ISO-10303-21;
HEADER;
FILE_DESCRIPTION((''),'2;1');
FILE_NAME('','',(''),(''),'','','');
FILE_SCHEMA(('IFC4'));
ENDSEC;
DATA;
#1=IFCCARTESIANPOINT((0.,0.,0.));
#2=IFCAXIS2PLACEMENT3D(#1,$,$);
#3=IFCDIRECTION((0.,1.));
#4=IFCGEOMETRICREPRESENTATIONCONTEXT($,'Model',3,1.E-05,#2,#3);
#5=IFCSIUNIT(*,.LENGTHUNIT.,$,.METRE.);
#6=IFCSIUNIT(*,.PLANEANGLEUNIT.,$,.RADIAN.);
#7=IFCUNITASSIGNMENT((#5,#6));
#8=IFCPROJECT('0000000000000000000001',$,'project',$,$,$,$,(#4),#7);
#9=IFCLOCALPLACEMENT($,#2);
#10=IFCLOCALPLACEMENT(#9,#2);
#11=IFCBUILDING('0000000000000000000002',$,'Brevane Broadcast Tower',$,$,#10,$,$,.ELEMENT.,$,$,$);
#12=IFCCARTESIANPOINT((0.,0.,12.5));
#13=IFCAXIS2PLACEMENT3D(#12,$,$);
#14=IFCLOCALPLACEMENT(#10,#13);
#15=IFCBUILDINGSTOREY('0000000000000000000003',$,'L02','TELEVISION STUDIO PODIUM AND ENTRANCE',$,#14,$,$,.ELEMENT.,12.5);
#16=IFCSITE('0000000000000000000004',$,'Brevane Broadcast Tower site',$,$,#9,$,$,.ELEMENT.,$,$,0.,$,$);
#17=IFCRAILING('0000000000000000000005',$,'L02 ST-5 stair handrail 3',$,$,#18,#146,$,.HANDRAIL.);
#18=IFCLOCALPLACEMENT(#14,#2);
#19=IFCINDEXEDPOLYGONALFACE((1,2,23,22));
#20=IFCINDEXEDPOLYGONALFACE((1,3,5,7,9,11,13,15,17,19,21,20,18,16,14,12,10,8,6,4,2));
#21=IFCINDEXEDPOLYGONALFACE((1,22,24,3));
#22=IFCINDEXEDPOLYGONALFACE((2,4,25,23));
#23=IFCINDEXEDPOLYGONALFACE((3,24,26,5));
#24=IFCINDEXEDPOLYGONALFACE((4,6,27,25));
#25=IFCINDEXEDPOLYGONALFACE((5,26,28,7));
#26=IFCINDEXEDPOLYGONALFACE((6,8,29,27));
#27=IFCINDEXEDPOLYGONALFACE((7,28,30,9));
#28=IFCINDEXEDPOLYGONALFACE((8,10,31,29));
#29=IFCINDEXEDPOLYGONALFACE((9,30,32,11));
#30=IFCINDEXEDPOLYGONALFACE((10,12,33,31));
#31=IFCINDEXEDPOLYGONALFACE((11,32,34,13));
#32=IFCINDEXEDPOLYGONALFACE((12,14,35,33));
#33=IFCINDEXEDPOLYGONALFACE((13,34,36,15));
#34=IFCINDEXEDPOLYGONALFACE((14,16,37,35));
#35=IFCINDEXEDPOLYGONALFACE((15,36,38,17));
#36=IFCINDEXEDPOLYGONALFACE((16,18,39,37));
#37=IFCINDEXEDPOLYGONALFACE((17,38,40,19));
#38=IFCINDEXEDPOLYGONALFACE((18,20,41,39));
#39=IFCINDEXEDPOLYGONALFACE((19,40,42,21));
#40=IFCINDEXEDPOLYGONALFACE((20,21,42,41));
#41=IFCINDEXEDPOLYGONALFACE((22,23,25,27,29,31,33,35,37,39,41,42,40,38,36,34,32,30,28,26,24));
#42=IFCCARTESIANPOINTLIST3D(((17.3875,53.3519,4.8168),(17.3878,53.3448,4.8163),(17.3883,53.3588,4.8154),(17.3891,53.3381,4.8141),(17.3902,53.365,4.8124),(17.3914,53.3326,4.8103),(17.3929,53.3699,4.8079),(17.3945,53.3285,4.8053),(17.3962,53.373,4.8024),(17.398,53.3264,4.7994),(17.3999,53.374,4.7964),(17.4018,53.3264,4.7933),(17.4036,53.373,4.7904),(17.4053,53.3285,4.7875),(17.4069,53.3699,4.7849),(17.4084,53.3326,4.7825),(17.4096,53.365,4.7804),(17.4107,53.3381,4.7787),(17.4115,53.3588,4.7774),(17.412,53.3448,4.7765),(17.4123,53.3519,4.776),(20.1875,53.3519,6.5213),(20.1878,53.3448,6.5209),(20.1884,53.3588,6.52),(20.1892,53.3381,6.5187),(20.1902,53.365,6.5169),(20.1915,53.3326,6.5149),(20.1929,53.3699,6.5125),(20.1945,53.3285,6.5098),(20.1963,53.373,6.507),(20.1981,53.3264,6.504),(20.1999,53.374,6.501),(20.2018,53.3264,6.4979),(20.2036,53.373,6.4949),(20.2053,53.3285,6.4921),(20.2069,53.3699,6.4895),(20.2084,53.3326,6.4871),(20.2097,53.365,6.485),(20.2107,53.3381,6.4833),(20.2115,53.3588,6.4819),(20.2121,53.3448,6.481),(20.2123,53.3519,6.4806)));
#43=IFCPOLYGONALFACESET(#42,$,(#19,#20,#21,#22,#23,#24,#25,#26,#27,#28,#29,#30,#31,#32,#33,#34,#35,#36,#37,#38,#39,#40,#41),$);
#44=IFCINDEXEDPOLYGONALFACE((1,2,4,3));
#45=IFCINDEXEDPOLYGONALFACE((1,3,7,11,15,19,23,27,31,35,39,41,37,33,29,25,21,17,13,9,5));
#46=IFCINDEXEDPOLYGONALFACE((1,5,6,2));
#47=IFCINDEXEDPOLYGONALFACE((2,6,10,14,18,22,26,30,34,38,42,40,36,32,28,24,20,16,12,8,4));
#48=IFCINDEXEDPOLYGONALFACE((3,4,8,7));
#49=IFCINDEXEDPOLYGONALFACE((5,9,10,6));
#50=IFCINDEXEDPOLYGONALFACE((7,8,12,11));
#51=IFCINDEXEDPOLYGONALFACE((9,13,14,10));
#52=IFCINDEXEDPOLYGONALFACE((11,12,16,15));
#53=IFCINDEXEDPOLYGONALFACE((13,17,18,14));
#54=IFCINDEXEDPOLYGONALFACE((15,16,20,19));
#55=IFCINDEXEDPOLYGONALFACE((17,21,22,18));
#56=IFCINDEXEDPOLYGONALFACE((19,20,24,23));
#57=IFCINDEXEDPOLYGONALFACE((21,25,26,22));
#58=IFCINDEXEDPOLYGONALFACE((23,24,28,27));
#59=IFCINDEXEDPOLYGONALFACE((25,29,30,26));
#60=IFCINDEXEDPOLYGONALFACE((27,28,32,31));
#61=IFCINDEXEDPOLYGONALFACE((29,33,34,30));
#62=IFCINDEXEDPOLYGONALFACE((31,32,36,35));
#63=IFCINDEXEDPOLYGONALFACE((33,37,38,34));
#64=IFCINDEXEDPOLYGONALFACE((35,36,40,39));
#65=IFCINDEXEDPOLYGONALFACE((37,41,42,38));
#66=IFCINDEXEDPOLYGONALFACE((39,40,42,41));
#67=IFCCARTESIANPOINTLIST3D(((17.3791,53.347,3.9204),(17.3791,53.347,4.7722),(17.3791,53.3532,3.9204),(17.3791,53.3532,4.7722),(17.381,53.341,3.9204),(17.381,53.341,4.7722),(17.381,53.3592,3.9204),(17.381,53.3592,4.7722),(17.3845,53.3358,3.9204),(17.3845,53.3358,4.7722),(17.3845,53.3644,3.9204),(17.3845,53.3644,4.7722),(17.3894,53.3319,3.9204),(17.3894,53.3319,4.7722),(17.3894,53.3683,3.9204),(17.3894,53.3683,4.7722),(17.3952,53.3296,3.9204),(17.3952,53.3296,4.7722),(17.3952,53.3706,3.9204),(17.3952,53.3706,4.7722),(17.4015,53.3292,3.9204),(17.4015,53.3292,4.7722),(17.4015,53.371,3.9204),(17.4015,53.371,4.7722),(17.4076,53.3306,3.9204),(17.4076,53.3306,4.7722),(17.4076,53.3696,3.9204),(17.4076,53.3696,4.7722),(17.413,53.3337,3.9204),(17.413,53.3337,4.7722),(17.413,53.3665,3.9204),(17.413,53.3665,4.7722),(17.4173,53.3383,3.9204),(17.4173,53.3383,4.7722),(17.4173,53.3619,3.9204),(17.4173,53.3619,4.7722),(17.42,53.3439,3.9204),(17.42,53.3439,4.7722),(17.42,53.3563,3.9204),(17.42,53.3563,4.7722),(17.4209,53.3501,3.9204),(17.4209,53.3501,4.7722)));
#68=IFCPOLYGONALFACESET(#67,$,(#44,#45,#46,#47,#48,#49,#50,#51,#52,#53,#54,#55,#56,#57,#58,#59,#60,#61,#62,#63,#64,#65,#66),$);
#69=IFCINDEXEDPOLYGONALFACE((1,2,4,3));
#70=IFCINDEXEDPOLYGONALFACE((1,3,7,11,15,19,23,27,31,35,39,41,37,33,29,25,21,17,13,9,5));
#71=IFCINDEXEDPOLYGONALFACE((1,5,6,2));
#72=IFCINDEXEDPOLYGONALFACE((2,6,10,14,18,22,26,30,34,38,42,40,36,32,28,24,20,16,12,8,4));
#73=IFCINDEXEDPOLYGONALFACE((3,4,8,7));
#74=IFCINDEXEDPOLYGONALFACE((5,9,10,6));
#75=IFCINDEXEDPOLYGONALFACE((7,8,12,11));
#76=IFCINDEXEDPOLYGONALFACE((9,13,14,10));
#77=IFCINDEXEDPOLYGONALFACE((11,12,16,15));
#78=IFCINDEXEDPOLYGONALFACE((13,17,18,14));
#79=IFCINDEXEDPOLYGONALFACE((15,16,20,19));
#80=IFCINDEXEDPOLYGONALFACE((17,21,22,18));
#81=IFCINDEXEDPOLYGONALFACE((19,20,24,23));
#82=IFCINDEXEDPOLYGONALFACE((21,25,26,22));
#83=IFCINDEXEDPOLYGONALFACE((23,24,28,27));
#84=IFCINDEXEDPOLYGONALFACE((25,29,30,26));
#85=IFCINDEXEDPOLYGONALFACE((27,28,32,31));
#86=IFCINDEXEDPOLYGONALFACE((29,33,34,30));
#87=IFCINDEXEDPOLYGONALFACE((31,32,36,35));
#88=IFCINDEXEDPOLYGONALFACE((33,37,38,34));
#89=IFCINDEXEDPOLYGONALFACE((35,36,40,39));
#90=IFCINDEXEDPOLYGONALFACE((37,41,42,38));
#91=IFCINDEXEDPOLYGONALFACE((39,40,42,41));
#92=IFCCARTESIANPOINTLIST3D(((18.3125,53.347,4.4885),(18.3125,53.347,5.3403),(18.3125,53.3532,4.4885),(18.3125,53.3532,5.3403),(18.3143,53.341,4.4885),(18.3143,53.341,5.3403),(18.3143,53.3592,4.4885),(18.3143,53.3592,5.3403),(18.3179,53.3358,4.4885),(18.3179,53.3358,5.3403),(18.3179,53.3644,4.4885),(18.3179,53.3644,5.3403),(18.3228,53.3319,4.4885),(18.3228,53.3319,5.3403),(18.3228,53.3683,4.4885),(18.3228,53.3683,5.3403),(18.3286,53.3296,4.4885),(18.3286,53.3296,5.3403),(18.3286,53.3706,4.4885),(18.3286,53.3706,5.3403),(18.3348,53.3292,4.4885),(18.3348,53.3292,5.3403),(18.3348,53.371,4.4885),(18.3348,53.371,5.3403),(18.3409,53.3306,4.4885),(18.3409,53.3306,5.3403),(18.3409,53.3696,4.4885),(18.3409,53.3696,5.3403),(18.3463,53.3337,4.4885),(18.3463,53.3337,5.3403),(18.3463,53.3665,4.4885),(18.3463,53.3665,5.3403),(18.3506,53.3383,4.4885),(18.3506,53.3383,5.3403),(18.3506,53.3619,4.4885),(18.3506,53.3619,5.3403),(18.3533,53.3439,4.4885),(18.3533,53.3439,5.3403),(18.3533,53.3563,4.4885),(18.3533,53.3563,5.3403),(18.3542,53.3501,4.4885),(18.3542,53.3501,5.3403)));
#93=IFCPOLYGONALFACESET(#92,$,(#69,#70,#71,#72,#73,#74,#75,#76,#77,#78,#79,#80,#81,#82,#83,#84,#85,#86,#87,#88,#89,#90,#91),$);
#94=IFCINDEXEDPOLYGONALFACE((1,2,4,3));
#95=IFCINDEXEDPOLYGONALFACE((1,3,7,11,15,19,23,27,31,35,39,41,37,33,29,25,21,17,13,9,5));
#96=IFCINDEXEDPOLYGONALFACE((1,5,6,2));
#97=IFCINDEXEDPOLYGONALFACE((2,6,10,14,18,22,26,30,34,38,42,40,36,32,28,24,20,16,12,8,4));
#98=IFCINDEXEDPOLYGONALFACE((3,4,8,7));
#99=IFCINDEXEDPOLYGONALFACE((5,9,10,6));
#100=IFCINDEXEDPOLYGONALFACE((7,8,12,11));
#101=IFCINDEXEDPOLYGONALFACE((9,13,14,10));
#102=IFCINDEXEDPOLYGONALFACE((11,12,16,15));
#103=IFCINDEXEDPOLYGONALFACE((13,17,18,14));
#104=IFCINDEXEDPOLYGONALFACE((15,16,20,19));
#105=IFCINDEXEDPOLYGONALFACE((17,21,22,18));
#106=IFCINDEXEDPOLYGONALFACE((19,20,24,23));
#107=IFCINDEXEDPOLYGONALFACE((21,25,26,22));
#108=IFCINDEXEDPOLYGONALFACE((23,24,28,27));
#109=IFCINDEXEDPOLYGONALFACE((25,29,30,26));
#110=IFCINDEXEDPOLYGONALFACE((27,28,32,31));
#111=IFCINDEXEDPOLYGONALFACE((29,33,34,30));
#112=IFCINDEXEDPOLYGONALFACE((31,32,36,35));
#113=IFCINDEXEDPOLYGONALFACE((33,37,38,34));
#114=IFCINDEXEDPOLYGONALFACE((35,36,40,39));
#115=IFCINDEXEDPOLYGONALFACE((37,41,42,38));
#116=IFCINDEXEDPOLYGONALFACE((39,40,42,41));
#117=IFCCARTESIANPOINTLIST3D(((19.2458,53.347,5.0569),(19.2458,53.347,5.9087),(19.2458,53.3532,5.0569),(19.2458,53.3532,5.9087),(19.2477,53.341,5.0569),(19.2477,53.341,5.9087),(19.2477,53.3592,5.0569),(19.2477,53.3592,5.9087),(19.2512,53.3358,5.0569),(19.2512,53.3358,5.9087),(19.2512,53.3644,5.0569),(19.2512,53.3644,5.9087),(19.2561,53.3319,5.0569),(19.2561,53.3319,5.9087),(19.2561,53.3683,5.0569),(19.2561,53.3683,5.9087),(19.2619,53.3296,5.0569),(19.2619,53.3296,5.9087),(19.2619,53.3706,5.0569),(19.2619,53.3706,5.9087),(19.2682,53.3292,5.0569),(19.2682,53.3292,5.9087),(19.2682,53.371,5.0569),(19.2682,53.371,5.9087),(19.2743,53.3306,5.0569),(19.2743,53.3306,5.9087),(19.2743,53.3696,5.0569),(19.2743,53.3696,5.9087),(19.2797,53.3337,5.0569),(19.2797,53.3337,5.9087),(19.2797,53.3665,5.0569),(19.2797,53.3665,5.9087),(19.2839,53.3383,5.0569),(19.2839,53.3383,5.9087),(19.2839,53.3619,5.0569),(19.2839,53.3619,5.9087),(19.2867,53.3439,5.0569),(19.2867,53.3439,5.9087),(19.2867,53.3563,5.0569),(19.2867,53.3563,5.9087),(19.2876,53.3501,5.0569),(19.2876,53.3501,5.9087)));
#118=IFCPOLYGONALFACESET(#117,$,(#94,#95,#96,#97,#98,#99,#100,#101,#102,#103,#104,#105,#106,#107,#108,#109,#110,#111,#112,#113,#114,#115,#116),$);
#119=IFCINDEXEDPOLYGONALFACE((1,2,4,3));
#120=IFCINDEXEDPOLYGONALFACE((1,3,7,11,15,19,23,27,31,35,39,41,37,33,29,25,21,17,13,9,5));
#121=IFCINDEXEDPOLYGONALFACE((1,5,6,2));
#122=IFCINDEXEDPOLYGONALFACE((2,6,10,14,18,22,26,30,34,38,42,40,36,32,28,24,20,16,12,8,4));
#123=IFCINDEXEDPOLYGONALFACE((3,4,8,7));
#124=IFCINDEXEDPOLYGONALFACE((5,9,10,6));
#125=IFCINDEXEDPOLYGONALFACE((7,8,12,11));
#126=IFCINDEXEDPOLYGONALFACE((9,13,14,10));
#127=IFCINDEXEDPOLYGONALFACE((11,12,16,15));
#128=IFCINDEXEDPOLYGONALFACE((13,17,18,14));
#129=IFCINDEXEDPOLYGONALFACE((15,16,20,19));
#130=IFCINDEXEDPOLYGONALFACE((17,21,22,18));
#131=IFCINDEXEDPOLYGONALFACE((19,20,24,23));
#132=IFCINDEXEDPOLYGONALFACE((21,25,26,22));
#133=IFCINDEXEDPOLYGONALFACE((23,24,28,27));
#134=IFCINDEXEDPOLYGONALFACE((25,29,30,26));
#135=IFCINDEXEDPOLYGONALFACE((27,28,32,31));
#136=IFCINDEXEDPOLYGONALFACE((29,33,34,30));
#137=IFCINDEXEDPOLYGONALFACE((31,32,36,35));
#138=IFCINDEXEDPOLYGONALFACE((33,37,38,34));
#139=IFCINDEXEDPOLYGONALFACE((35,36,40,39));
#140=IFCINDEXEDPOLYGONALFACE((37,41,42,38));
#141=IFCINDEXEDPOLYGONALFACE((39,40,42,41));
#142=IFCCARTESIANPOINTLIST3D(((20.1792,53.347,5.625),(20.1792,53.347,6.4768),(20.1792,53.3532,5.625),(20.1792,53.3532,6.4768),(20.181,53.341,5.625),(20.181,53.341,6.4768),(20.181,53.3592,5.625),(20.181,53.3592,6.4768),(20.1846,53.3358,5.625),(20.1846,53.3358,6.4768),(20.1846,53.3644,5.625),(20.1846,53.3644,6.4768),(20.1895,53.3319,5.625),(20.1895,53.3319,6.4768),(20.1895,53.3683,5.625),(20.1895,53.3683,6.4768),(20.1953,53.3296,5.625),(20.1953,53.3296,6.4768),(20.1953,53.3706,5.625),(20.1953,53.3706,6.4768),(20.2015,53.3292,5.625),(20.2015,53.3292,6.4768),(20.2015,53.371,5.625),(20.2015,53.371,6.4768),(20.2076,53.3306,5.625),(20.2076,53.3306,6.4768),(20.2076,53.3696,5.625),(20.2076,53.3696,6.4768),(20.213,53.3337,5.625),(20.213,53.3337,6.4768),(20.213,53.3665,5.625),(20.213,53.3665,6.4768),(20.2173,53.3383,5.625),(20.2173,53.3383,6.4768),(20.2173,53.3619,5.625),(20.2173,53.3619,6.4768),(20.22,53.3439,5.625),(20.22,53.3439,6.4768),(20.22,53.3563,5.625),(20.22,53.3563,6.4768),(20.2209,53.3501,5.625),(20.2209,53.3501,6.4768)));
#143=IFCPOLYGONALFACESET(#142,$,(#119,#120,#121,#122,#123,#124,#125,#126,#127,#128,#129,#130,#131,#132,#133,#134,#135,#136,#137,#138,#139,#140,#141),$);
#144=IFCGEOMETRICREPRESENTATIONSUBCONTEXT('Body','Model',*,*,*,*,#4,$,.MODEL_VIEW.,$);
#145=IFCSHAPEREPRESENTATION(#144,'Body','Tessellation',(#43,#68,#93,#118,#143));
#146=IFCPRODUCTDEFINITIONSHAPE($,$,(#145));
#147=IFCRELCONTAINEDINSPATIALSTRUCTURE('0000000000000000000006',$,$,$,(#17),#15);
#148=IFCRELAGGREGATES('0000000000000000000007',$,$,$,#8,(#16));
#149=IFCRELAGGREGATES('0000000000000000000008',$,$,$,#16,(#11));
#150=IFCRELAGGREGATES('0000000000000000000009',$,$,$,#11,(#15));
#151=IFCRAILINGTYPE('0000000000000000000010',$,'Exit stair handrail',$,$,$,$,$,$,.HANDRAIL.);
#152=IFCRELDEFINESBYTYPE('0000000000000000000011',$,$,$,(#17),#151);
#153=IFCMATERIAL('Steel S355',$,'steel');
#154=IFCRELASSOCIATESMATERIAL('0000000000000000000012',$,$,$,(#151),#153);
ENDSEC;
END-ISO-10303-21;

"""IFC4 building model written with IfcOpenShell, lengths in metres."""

from ifc_helpers import new_model, si_unit, direction, frame, origin, origin_2d, place, context, subcontext, project, spatial, circle, extrude, material, type_object, element, save


model = new_model("IFC4")

# Units and contexts
model_context = context("Model", 3, precision=1e-05, world=origin(), true_north=direction((0.0, 1.0)))
body_context = subcontext(model_context, "Body", "Model", "MODEL_VIEW")
ifc_project = project(units=[si_unit("LENGTHUNIT", "METRE"), si_unit("PLANEANGLEUNIT", "RADIAN")], contexts=[model_context])

# Site, building, storey
site_placement = place(None, origin())
site = spatial("IfcSite", under=ifc_project, at=site_placement, Name="Brevane Broadcast Tower site", CompositionType="ELEMENT", RefElevation=0.0)
building_placement = place(site_placement, origin())
building = spatial("IfcBuilding", under=site, at=building_placement, Name="Brevane Broadcast Tower", CompositionType="ELEMENT")
storey_placement = place(building_placement, frame((0.0, 0.0, 12.5)))
storey = spatial("IfcBuildingStorey", under=building, at=storey_placement, Name="L02", Description="TELEVISION STUDIO PODIUM AND ENTRANCE", CompositionType="ELEMENT", Elevation=12.5)

# Railing
ifc_material_1 = material(Name="Steel S355", Category="steel")
railing_type_1 = type_object("IfcRailingType", Name="Exit stair handrail", PredefinedType="HANDRAIL", material=ifc_material_1)
railing_1_placement = place(storey_placement, frame((17.3999, 53.3501, 3.9204)))
element("IfcRailing", 1, at=railing_1_placement, inside=storey, type_object=railing_type_1, Name="L02 ST-5 stair handrail 3", PredefinedType="HANDRAIL", context=body_context, shape_type="SweptSolid", body=[
    extrude(circle(Radius=0.0239, at=origin_2d()), frame((0.0, 0.0, 0.876), z_axis=(0.85417, 0.0, 0.519994), x_axis=(0.0, 1.0, 0.0)), (0.0, 0.0, 1.0), 3.2781),
    extrude(circle(Radius=0.021, at=origin_2d()), origin(), (0.0, 0.0, 1.0), 0.8518),
    extrude(circle(Radius=0.021, at=origin_2d()), frame((0.9333, 0.0, 0.5681)), (0.0, 0.0, 1.0), 0.8518),
    extrude(circle(Radius=0.021, at=origin_2d()), frame((1.8667, 0.0, 1.1365)), (0.0, 0.0, 1.0), 0.8518),
    extrude(circle(Radius=0.021, at=origin_2d()), frame((2.8, 0.0, 1.7046)), (0.0, 0.0, 1.0), 0.8518),
])

save(model, "model.ifc")
